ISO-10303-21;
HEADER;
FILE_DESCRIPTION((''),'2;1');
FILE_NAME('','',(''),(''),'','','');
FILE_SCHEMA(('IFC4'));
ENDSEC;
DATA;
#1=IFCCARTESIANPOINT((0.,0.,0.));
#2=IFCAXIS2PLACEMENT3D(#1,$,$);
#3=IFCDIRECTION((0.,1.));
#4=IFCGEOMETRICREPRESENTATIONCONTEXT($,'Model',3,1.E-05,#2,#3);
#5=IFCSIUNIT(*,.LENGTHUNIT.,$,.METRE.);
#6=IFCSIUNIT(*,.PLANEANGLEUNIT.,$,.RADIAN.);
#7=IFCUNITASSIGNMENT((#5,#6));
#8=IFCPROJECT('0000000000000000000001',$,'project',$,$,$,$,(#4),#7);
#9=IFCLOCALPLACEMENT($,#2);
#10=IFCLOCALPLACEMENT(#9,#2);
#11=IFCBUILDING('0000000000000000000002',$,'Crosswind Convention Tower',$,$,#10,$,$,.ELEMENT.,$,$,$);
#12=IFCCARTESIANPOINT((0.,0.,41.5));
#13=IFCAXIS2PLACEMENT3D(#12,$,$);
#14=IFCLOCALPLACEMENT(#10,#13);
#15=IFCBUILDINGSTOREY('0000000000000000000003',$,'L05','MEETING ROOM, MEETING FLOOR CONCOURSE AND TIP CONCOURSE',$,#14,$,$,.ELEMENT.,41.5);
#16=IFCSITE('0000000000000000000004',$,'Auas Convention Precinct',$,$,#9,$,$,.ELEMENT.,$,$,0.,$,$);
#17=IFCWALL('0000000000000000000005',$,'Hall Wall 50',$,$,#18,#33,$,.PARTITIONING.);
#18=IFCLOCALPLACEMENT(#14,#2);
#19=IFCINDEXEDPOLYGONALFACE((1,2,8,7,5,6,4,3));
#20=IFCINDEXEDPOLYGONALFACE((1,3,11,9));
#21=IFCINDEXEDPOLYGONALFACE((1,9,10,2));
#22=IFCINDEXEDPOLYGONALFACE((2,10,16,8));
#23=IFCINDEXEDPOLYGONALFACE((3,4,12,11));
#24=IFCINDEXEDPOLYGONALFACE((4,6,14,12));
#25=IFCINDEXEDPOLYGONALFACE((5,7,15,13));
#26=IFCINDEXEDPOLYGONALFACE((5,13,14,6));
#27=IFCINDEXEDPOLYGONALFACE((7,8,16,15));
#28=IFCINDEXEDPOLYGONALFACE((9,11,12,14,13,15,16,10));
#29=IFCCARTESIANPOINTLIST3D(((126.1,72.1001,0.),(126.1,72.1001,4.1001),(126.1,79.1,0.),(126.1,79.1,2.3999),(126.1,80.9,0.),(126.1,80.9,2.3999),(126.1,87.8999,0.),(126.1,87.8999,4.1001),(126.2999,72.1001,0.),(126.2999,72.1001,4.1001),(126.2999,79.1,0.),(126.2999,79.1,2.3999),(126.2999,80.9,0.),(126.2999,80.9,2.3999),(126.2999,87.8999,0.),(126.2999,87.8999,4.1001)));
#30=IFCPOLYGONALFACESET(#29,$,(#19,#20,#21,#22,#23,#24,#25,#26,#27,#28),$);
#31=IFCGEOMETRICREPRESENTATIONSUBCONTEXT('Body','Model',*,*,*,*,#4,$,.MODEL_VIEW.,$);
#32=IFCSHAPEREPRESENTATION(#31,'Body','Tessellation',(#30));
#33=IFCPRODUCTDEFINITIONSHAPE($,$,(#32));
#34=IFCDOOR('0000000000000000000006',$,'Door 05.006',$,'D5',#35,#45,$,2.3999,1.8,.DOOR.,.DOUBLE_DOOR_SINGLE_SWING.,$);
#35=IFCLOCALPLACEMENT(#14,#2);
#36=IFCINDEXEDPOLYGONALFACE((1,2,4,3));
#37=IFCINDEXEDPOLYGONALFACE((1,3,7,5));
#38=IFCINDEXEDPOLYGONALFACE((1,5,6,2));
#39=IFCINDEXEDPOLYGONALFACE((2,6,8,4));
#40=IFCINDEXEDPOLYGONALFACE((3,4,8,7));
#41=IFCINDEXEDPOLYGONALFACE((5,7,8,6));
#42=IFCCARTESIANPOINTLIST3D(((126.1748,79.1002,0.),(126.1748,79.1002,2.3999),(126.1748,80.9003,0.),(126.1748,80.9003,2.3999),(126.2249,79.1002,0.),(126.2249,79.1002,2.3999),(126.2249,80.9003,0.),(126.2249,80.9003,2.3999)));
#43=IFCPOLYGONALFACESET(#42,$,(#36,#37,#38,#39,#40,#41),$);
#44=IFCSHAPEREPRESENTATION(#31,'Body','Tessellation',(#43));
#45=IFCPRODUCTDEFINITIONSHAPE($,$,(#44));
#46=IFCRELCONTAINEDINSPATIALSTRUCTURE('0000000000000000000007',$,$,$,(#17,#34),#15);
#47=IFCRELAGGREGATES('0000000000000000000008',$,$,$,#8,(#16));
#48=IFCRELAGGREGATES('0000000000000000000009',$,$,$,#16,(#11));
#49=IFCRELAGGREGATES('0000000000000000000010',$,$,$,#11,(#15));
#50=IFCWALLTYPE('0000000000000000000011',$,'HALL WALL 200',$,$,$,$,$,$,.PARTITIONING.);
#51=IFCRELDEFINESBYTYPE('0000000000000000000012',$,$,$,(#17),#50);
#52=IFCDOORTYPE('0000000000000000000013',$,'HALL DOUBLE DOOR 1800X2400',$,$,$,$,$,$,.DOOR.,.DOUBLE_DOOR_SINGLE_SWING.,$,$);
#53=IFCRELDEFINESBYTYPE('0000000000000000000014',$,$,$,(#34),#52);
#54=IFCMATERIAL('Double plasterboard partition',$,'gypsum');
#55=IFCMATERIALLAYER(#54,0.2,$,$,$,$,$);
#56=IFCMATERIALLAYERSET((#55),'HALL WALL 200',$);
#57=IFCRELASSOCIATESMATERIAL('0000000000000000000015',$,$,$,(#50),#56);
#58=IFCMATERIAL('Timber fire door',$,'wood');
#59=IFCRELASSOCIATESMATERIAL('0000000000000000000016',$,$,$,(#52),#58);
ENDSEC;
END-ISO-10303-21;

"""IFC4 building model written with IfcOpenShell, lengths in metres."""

from ifc_helpers import new_model, si_unit, direction, frame, frame_2d, origin, place, context, subcontext, project, spatial, rectangle, extrude, material, layer, layer_set, type_object, element, fill, save


model = new_model("IFC4")

# Units and contexts
model_context = context("Model", 3, precision=1e-05, world=origin(), true_north=direction((0.0, 1.0)))
body_context = subcontext(model_context, "Body", "Model", "MODEL_VIEW")
ifc_project = project(units=[si_unit("LENGTHUNIT", "METRE"), si_unit("PLANEANGLEUNIT", "RADIAN")], contexts=[model_context])

# Site, building, storey
site_placement = place(None, origin())
site = spatial("IfcSite", under=ifc_project, at=site_placement, Name="Auas Convention Precinct", CompositionType="ELEMENT", RefElevation=0.0)
building_placement = place(site_placement, origin())
building = spatial("IfcBuilding", under=site, at=building_placement, Name="Crosswind Convention Tower", CompositionType="ELEMENT")
storey_placement = place(building_placement, frame((0.0, 0.0, 41.5)))
storey = spatial("IfcBuildingStorey", under=building, at=storey_placement, Name="L05", Description="MEETING ROOM, MEETING FLOOR CONCOURSE AND TIP CONCOURSE", CompositionType="ELEMENT", Elevation=41.5)

# Wall, opening, door
ifc_material_1 = material(Name="Double plasterboard partition", Category="gypsum")
ifc_layer_1 = layer(ifc_material_1, 0.2)
ifc_layer_set_1 = layer_set([ifc_layer_1], Name="HALL WALL 200")
wall_type = type_object("IfcWallType", Name="HALL WALL 200", PredefinedType="PARTITIONING", material=ifc_layer_set_1)
wall_placement = place(storey_placement, frame((126.2, 72.1001, 0.0), z_axis=(0.0, 0.0, 1.0), x_axis=(0.0, 1.0, 0.0)))
wall = element("IfcWall", 1, at=wall_placement, inside=storey, type_object=wall_type, Name="Hall Wall 50", PredefinedType="PARTITIONING", context=body_context, shape_type="SweptSolid", body=[
    extrude(rectangle(XDim=15.7998, YDim=0.2, at=frame_2d((7.8999, 0.0))), origin(), (0.0, 0.0, 1.0), 4.1001),
])
opening_placement = place(wall_placement, frame((7.0, 0.0, 0.0)))
opening = element("IfcOpeningElement", 2, at=opening_placement, cuts=wall, PredefinedType="OPENING", context=body_context, shape_type="SweptSolid", body=[
    extrude(rectangle(XDim=1.8, YDim=2.3999, at=frame_2d((0.8999, 1.2))), frame((0.0, 0.1099, 0.0), z_axis=(0.0, -1.0, 0.0), x_axis=(1.0, 0.0, 0.0)), (0.0, 0.0, 1.0), 0.22),
])
ifc_material_2 = material(Name="Timber fire door", Category="wood")
door_type = type_object("IfcDoorType", Name="HALL DOUBLE DOOR 1800X2400", OperationType="DOUBLE_DOOR_SINGLE_SWING", PredefinedType="DOOR", material=ifc_material_2)
door_placement = place(opening_placement, frame((1.8, 0.0, 0.0), z_axis=(0.0, 0.0, 1.0), x_axis=(-1.0, 0.0, 0.0)))
door = element("IfcDoor", 3, at=door_placement, inside=storey, type_object=door_type, Name="Door 05.006", ObjectType="D5", OperationType="DOUBLE_DOOR_SINGLE_SWING", OverallHeight=2.3999, OverallWidth=1.8, PredefinedType="DOOR", context=body_context, shape_type="SweptSolid", body=[
    extrude(rectangle(XDim=1.8, YDim=2.3999, at=frame_2d((0.8999, 1.2))), frame((0.0, 0.0249, 0.0), z_axis=(0.0, -1.0, 0.0), x_axis=(1.0, 0.0, 0.0)), (0.0, 0.0, 1.0), 0.05),
])
fill(opening, door)

save(model, "model.ifc")
